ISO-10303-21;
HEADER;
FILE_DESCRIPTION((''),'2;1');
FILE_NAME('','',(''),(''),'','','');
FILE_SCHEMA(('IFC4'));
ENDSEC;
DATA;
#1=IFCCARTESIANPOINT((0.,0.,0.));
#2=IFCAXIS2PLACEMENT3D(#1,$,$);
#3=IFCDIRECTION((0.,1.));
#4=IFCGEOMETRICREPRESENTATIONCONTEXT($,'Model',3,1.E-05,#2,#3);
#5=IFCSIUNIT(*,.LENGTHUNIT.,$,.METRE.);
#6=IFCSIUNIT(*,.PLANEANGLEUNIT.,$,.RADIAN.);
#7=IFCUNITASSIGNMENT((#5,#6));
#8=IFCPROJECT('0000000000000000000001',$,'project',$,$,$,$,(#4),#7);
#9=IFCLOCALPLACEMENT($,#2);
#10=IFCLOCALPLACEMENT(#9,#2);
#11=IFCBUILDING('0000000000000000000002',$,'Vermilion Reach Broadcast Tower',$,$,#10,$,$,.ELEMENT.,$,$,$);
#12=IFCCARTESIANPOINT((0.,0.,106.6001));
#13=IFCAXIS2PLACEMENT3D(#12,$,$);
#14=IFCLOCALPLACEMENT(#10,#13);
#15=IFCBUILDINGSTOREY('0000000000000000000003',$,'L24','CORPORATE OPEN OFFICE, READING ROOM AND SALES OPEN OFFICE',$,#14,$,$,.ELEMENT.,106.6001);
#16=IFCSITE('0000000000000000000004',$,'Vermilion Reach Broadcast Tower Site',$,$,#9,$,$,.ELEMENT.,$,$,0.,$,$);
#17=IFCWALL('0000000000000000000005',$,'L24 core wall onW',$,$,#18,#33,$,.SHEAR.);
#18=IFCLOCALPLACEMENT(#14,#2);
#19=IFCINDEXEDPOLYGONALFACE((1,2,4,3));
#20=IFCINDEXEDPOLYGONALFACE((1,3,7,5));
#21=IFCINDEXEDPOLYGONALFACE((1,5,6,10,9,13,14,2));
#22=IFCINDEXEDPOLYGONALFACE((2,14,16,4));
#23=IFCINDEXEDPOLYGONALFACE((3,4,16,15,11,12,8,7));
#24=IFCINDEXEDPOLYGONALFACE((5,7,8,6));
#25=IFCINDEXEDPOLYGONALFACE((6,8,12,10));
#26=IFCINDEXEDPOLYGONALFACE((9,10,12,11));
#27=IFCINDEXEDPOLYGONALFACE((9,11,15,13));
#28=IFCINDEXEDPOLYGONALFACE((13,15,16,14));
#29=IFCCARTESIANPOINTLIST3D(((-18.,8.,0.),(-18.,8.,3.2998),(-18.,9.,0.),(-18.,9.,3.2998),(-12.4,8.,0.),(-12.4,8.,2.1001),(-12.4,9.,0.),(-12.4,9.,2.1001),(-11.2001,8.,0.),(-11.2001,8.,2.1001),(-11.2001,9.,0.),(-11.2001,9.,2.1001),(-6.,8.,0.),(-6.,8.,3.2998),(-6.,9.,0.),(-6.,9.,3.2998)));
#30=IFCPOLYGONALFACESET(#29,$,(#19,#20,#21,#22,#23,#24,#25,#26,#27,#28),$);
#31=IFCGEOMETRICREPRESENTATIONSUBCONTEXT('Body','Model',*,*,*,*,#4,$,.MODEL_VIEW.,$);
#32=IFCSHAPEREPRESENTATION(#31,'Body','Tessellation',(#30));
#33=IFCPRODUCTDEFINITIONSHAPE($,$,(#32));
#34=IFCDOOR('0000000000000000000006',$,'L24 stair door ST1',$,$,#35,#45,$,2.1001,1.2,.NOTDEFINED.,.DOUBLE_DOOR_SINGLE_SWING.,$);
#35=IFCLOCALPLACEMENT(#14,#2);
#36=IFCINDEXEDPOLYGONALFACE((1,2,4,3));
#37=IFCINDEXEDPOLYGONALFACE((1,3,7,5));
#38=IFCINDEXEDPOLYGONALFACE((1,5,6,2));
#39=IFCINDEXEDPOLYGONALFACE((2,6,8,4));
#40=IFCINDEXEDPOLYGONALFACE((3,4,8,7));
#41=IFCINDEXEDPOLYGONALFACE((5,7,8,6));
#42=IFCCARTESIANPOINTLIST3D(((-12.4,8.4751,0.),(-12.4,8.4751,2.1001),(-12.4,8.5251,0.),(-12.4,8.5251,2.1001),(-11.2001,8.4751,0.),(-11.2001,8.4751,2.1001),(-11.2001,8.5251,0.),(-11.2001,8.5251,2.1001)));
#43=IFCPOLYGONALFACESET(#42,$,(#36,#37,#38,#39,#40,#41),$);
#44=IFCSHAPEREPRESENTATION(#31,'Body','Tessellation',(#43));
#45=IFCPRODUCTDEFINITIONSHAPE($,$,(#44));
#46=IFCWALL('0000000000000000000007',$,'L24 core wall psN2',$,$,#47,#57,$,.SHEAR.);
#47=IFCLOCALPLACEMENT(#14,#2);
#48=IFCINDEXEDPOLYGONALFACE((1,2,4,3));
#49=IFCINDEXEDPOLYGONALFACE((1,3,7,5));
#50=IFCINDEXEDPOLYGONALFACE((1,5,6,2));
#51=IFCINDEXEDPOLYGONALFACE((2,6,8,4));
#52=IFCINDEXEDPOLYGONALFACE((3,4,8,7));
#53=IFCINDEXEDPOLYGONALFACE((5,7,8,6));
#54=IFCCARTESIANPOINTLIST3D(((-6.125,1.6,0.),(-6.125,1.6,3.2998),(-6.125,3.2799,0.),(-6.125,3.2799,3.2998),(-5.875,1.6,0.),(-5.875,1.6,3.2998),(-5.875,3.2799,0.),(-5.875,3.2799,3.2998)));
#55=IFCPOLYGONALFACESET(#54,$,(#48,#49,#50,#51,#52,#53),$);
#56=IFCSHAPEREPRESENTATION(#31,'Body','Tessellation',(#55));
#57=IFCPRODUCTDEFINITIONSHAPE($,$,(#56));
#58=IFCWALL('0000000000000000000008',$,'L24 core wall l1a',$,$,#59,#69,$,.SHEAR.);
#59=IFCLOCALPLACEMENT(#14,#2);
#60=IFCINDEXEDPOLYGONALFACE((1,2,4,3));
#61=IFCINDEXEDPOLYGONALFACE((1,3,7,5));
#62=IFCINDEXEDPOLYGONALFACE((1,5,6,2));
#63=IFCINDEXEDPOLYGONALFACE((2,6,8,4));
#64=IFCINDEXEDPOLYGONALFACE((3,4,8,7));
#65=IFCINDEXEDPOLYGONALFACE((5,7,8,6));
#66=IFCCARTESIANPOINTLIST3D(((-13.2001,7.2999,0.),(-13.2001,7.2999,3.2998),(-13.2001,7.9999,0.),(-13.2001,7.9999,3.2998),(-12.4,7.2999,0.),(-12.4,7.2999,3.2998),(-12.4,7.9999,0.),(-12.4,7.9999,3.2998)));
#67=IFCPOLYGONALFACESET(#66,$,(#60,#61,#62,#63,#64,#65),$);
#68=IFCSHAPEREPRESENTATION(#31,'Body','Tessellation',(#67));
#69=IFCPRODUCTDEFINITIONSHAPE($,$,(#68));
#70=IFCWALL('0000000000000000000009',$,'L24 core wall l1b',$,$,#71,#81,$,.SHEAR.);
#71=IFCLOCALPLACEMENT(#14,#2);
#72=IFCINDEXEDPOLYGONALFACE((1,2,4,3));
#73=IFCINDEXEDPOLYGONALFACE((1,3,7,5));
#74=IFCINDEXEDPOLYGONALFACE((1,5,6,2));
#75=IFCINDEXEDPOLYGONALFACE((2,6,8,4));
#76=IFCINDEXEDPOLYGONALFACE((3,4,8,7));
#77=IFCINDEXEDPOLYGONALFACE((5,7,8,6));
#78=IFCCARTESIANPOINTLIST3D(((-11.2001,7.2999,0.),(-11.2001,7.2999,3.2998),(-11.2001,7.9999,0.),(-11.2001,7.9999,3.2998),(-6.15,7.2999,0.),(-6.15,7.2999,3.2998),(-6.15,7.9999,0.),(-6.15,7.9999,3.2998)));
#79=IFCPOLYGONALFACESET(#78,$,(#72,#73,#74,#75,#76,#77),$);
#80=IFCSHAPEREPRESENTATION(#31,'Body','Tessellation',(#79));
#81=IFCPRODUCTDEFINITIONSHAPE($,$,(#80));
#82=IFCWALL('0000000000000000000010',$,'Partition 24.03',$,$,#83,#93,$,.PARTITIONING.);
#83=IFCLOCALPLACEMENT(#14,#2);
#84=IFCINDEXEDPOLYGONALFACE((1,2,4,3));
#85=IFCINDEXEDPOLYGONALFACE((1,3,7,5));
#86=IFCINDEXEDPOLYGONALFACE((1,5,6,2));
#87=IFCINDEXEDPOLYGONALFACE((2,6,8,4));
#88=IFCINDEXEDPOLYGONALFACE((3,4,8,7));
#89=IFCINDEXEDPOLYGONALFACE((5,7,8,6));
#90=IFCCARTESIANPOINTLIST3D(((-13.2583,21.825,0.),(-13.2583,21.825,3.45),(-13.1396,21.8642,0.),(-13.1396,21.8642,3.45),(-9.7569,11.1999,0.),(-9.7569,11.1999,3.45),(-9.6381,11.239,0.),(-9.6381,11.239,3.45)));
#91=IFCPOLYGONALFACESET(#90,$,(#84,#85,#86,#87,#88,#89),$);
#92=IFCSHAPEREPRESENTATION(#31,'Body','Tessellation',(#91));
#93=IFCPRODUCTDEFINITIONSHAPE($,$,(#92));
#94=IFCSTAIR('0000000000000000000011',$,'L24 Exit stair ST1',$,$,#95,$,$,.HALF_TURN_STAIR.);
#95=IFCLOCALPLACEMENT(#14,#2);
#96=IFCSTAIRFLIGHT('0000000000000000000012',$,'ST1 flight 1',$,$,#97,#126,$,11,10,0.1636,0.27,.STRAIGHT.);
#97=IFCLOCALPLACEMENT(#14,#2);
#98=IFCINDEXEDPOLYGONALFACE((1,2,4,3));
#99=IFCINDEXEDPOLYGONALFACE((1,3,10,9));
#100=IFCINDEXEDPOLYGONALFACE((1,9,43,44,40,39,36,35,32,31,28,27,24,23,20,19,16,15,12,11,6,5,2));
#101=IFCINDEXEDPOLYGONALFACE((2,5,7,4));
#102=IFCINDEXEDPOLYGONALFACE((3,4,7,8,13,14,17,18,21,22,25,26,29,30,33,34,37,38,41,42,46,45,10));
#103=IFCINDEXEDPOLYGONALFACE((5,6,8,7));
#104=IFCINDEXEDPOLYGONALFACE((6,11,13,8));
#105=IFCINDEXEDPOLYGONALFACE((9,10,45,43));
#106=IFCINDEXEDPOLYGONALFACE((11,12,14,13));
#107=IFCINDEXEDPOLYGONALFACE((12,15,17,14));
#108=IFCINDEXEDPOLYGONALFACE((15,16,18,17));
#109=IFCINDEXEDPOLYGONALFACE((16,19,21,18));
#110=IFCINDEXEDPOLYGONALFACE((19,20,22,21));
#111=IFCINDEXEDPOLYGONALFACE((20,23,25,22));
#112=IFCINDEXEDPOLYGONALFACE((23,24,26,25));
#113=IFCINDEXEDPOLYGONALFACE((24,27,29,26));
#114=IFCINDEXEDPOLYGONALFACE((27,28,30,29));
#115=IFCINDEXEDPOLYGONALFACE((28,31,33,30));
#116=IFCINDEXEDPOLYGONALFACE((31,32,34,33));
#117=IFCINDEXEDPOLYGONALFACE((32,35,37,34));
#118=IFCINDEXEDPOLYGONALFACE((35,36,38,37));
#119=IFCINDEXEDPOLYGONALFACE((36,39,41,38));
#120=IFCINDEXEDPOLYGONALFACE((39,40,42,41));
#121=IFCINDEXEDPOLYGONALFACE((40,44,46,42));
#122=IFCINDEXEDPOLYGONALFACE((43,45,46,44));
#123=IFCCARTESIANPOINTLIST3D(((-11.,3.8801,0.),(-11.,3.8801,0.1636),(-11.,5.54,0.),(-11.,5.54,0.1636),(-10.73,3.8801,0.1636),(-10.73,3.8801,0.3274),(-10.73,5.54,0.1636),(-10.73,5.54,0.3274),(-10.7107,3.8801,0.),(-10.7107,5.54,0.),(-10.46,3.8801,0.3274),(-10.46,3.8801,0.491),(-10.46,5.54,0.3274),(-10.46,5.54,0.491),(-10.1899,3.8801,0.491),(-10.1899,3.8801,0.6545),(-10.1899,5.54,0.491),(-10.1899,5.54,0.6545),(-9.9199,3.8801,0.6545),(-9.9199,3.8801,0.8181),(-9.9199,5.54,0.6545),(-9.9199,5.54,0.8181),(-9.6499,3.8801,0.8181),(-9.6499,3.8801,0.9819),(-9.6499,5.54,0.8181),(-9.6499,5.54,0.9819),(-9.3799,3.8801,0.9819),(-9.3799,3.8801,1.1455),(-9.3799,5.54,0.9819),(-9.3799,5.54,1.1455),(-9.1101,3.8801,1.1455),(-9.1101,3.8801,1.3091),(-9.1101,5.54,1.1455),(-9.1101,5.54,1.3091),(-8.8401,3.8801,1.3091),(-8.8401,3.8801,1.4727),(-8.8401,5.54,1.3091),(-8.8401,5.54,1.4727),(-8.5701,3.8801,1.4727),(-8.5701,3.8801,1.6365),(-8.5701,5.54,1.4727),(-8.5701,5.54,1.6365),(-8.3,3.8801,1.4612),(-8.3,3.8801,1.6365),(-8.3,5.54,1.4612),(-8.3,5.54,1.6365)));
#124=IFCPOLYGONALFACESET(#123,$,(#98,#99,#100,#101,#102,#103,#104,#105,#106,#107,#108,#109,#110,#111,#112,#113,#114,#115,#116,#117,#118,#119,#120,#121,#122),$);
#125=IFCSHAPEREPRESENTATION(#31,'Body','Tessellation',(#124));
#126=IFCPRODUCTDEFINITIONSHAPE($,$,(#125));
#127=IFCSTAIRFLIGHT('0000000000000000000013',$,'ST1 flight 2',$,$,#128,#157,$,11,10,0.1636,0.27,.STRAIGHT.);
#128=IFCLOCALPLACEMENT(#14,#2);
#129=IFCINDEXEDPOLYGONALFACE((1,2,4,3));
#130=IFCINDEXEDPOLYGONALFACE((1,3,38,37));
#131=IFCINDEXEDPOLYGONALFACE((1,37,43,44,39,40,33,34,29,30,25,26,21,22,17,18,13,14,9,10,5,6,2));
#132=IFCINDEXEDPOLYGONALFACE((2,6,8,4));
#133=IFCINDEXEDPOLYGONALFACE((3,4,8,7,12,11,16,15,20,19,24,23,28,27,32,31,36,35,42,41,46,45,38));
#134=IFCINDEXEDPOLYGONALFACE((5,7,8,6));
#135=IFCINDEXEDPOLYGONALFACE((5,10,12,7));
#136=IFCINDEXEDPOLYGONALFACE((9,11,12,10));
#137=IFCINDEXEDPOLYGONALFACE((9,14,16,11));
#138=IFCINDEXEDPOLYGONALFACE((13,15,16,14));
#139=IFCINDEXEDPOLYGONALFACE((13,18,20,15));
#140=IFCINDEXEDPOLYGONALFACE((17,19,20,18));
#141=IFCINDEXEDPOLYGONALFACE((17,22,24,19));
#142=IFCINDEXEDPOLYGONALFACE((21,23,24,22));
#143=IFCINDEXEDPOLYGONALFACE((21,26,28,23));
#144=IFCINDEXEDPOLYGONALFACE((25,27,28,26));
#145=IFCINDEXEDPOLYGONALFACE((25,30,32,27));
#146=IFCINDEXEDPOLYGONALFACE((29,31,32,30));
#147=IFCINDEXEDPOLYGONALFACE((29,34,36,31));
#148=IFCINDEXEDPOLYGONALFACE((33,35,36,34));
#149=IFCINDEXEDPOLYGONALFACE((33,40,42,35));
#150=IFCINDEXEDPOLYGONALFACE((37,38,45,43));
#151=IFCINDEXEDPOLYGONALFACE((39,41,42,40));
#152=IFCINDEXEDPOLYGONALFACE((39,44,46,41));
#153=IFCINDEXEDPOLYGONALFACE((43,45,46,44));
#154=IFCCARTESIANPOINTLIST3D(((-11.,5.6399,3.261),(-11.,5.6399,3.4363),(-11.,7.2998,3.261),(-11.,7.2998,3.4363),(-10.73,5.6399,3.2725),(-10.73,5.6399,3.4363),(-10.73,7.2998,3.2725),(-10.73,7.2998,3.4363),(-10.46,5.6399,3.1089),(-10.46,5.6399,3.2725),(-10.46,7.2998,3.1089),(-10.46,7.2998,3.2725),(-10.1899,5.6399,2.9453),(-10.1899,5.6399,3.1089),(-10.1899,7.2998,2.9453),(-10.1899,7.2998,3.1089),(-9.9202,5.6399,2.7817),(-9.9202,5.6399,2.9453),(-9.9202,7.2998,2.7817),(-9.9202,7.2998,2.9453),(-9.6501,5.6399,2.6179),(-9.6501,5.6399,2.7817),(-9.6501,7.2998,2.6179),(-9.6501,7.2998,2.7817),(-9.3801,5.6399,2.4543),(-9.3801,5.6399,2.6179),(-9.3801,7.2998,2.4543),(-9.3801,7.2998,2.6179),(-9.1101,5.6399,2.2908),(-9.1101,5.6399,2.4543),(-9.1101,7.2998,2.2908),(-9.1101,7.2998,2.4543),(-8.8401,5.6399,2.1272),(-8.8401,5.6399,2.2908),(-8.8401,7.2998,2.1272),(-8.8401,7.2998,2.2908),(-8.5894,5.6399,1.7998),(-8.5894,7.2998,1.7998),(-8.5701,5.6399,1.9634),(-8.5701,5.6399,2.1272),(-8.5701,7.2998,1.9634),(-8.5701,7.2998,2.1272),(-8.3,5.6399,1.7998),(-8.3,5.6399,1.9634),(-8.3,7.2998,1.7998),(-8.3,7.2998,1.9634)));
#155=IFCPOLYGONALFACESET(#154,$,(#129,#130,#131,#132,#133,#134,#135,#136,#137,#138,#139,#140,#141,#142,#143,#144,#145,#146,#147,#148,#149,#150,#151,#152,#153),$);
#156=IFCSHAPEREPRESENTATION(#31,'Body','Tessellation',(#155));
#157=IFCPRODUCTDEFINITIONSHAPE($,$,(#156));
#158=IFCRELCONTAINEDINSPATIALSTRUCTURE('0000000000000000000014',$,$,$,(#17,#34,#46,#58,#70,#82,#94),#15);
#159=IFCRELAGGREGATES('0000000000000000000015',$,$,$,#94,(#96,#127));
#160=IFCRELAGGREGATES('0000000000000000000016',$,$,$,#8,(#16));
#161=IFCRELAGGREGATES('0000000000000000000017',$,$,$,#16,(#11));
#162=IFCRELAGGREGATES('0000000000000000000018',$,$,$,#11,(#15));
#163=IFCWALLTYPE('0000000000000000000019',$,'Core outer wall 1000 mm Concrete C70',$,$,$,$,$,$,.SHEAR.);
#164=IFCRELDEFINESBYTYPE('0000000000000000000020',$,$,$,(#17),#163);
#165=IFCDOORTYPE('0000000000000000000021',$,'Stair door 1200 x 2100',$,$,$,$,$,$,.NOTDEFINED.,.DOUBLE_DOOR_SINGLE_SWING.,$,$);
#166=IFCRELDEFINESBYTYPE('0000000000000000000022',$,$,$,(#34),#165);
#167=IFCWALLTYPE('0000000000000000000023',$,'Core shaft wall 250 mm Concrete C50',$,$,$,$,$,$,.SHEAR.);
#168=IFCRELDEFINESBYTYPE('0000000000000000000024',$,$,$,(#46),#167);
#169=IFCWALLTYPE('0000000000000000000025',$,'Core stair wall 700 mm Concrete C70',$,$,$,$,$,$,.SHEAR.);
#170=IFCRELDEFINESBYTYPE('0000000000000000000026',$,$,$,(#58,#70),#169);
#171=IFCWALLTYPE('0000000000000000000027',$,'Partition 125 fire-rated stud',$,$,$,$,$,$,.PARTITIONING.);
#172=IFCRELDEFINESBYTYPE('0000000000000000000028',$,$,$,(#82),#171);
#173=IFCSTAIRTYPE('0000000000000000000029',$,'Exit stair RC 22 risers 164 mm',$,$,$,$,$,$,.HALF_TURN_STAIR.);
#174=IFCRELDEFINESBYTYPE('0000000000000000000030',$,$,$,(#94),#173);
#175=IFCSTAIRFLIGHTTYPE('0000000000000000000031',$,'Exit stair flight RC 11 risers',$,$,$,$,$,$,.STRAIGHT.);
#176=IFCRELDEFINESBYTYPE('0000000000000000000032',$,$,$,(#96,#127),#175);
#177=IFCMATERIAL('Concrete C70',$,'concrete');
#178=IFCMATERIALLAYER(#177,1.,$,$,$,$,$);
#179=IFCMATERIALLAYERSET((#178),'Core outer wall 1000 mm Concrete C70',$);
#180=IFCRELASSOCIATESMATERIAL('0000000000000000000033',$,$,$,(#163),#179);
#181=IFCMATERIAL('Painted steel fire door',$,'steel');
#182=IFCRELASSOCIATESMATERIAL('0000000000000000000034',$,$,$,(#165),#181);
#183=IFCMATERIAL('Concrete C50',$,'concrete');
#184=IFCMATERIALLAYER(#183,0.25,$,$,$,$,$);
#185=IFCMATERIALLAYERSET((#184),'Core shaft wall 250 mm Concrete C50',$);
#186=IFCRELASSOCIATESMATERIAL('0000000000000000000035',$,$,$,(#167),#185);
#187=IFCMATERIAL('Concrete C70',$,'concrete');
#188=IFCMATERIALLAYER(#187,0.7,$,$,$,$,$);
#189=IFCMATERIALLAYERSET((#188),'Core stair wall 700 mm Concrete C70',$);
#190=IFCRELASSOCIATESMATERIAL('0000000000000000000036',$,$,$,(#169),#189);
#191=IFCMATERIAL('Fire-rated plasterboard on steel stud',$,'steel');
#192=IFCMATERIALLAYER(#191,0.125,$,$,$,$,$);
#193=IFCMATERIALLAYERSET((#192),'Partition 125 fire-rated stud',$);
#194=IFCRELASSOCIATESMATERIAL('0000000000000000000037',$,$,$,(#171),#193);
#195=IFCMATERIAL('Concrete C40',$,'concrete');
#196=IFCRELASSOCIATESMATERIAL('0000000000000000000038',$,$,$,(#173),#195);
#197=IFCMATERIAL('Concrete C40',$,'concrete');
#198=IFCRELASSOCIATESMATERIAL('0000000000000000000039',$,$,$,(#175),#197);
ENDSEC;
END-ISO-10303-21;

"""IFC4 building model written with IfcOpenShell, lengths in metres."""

from ifc_helpers import new_model, si_unit, direction, frame, frame_2d, origin, place, context, subcontext, project, spatial, polyline, rectangle, outline, extrude, material, layer, layer_set, type_object, element, fill, aggregate, save


model = new_model("IFC4")

# Units and contexts
model_context = context("Model", 3, precision=1e-05, world=origin(), true_north=direction((0.0, 1.0)))
body_context = subcontext(model_context, "Body", "Model", "MODEL_VIEW")
ifc_project = project(units=[si_unit("LENGTHUNIT", "METRE"), si_unit("PLANEANGLEUNIT", "RADIAN")], contexts=[model_context])

# Site, building, storey
site_placement = place(None, origin())
site = spatial("IfcSite", under=ifc_project, at=site_placement, Name="Vermilion Reach Broadcast Tower Site", CompositionType="ELEMENT", RefElevation=0.0)
building_placement = place(site_placement, origin())
building = spatial("IfcBuilding", under=site, at=building_placement, Name="Vermilion Reach Broadcast Tower", CompositionType="ELEMENT")
storey_placement = place(building_placement, frame((0.0, 0.0, 106.6001)))
storey = spatial("IfcBuildingStorey", under=building, at=storey_placement, Name="L24", Description="CORPORATE OPEN OFFICE, READING ROOM AND SALES OPEN OFFICE", CompositionType="ELEMENT", Elevation=106.6001)

# Shared definitions
placement = place(storey_placement, origin())

# Wall, opening, door
ifc_material_1 = material(Name="Concrete C70", Category="concrete")
ifc_layer_1 = layer(ifc_material_1, 1.0)
ifc_layer_set_1 = layer_set([ifc_layer_1], Name="Core outer wall 1000 mm Concrete C70")
wall_type_1 = type_object("IfcWallType", Name="Core outer wall 1000 mm Concrete C70", PredefinedType="SHEAR", material=ifc_layer_set_1)
wall_1_placement = place(storey_placement, frame((-6.0, 8.5, 0.0), z_axis=(0.0, 0.0, 1.0), x_axis=(-1.0, 0.0, 0.0)))
wall_1 = element("IfcWall", 1, at=wall_1_placement, inside=storey, type_object=wall_type_1, Name="L24 core wall onW", PredefinedType="SHEAR", context=body_context, shape_type="SweptSolid", body=[
    extrude(rectangle(XDim=12.0, YDim=1.0, at=frame_2d((6.0, 0.0))), origin(), (0.0, 0.0, 1.0), 3.2998),
])
opening_1_placement = place(wall_1_placement, frame((5.2, 0.0, 0.0)))
opening_1 = element("IfcOpeningElement", 2, at=opening_1_placement, cuts=wall_1, PredefinedType="OPENING", context=body_context, shape_type="SweptSolid", body=[
    extrude(rectangle(XDim=1.2, YDim=2.1001, at=frame_2d((0.6001, 1.05))), frame((0.0, 0.51, 0.0), z_axis=(0.0, -1.0, 0.0), x_axis=(1.0, 0.0, 0.0)), (0.0, 0.0, 1.0), 1.02),
])
ifc_material_2 = material(Name="Painted steel fire door", Category="steel")
door_type_1 = type_object("IfcDoorType", Name="Stair door 1200 x 2100", OperationType="DOUBLE_DOOR_SINGLE_SWING", PredefinedType="NOTDEFINED", material=ifc_material_2)
door_1_placement = place(opening_1_placement, origin())
door_1 = element("IfcDoor", 3, at=door_1_placement, inside=storey, type_object=door_type_1, Name="L24 stair door ST1", OperationType="DOUBLE_DOOR_SINGLE_SWING", OverallHeight=2.1001, OverallWidth=1.2, PredefinedType="NOTDEFINED", context=body_context, shape_type="SweptSolid", body=[
    extrude(rectangle(XDim=1.2, YDim=2.1001, at=frame_2d((0.6001, 1.05))), frame((0.0, 0.0249, 0.0), z_axis=(0.0, -1.0, 0.0), x_axis=(1.0, 0.0, 0.0)), (0.0, 0.0, 1.0), 0.05),
])
fill(opening_1, door_1)

# Walls
ifc_material_3 = material(Name="Concrete C50", Category="concrete")
ifc_layer_2 = layer(ifc_material_3, 0.25)
ifc_layer_set_2 = layer_set([ifc_layer_2], Name="Core shaft wall 250 mm Concrete C50")
wall_type_2 = type_object("IfcWallType", Name="Core shaft wall 250 mm Concrete C50", PredefinedType="SHEAR", material=ifc_layer_set_2)
wall_2_placement = place(storey_placement, frame((-6.0, 1.6001, 0.0), z_axis=(0.0, 0.0, 1.0), x_axis=(0.0, 1.0, 0.0)))
element("IfcWall", 4, at=wall_2_placement, inside=storey, type_object=wall_type_2, Name="L24 core wall psN2", PredefinedType="SHEAR", context=body_context, shape_type="SweptSolid", body=[
    extrude(rectangle(XDim=1.6799, YDim=0.25, at=frame_2d((0.8398, 0.0))), origin(), (0.0, 0.0, 1.0), 3.2998),
])
ifc_material_4 = material(Name="Concrete C70", Category="concrete")
ifc_layer_3 = layer(ifc_material_4, 0.7)
ifc_layer_set_3 = layer_set([ifc_layer_3], Name="Core stair wall 700 mm Concrete C70")
wall_type_3 = type_object("IfcWallType", Name="Core stair wall 700 mm Concrete C70", PredefinedType="SHEAR", material=ifc_layer_set_3)
wall_3_placement = place(storey_placement, frame((-13.2, 7.6499, 0.0), z_axis=(0.0, 0.0, 1.0), x_axis=(1.0, 0.0, 0.0)))
element("IfcWall", 5, at=wall_3_placement, inside=storey, type_object=wall_type_3, Name="L24 core wall l1a", PredefinedType="SHEAR", context=body_context, shape_type="SweptSolid", body=[
    extrude(rectangle(XDim=0.8, YDim=0.7, at=frame_2d((0.3999, 0.0))), origin(), (0.0, 0.0, 1.0), 3.2998),
])
wall_4_placement = place(storey_placement, frame((-11.2, 7.6499, 0.0), z_axis=(0.0, 0.0, 1.0), x_axis=(1.0, 0.0, 0.0)))
element("IfcWall", 6, at=wall_4_placement, inside=storey, type_object=wall_type_3, Name="L24 core wall l1b", PredefinedType="SHEAR", context=body_context, shape_type="SweptSolid", body=[
    extrude(rectangle(XDim=5.05, YDim=0.7, at=frame_2d((2.5249, 0.0))), origin(), (0.0, 0.0, 1.0), 3.2998),
])
ifc_material_5 = material(Name="Fire-rated plasterboard on steel stud", Category="steel")
ifc_layer_4 = layer(ifc_material_5, 0.125)
ifc_layer_set_4 = layer_set([ifc_layer_4], Name="Partition 125 fire-rated stud")
wall_type_4 = type_object("IfcWallType", Name="Partition 125 fire-rated stud", PredefinedType="PARTITIONING", material=ifc_layer_set_4)
wall_5_placement = place(storey_placement, frame((-13.199, 21.8447, 0.0), z_axis=(0.0, 0.0, 1.0), x_axis=(0.312985, -0.949758, 0.0)))
element("IfcWall", 7, at=wall_5_placement, inside=storey, type_object=wall_type_4, Name="Partition 24.03", PredefinedType="PARTITIONING", context=body_context, shape_type="SweptSolid", body=[
    extrude(rectangle(XDim=11.1873, YDim=0.125, at=frame_2d((5.5938, 0.0))), origin(), (0.0, 0.0, 1.0), 3.45),
])

# Stair, stair flights
ifc_material_6 = material(Name="Concrete C40", Category="concrete")
stair_type = type_object("IfcStairType", Name="Exit stair RC 22 risers 164 mm", PredefinedType="HALF_TURN_STAIR", material=ifc_material_6)
stair = element("IfcStair", 8, at=placement, inside=storey, type_object=stair_type, Name="L24 Exit stair ST1", PredefinedType="HALF_TURN_STAIR")
ifc_material_7 = material(Name="Concrete C40", Category="concrete")
stair_flight_type = type_object("IfcStairFlightType", Name="Exit stair flight RC 11 risers", PredefinedType="STRAIGHT", material=ifc_material_7)
stair_flight_1_placement = place(storey_placement, frame((-11.0, 4.71, 0.0), z_axis=(0.0, 0.0, 1.0), x_axis=(1.0, 0.0, 0.0)))
stair_flight_1 = element("IfcStairFlight", 9, at=stair_flight_1_placement, type_object=stair_flight_type, Name="ST1 flight 1", NumberOfRisers=11, NumberOfTreads=10, PredefinedType="STRAIGHT", RiserHeight=0.1636, TreadLength=0.27, context=body_context, shape_type="SweptSolid", body=[
    extrude(outline(polyline([(0.0, 0.0), (0.0, 0.1636), (0.27, 0.1636), (0.27, 0.3274), (0.54, 0.3274), (0.54, 0.491), (0.8101, 0.491), (0.8101, 0.6545), (1.0801, 0.6545), (1.0801, 0.8181), (1.3501, 0.8181), (1.3501, 0.9819), (1.6201, 0.9819), (1.6201, 1.1455), (1.8899, 1.1455), (1.8899, 1.3091), (2.1599, 1.3091), (2.1599, 1.4727), (2.4299, 1.4727), (2.4299, 1.6365), (2.7, 1.6365), (2.7, 1.8), (2.7, 1.4612), (0.2893, 0.0), (0.0, 0.0)])), frame((0.0, 0.8301, 0.0), z_axis=(0.0, -1.0, 0.0), x_axis=(1.0, 0.0, 0.0)), (0.0, 0.0, 1.0), 1.6599),
])
stair_flight_2_placement = place(storey_placement, frame((-8.3, 6.47, 1.7998), z_axis=(0.0, 0.0, 1.0), x_axis=(-1.0, 0.0, 0.0)))
stair_flight_2 = element("IfcStairFlight", 10, at=stair_flight_2_placement, type_object=stair_flight_type, Name="ST1 flight 2", NumberOfRisers=11, NumberOfTreads=10, PredefinedType="STRAIGHT", RiserHeight=0.1636, TreadLength=0.27, context=body_context, shape_type="SweptSolid", body=[
    extrude(outline(polyline([(0.0, 0.0), (0.0, 0.1636), (0.27, 0.1636), (0.27, 0.3274), (0.54, 0.3274), (0.54, 0.491), (0.8101, 0.491), (0.8101, 0.6545), (1.0801, 0.6545), (1.0801, 0.8181), (1.3501, 0.8181), (1.3501, 0.9819), (1.6201, 0.9819), (1.6201, 1.1455), (1.8899, 1.1455), (1.8899, 1.3091), (2.1599, 1.3091), (2.1599, 1.4727), (2.4299, 1.4727), (2.4299, 1.6365), (2.7, 1.6365), (2.7, 1.8), (2.7, 1.4612), (0.2893, 0.0), (0.0, 0.0)])), frame((0.0, 0.8301, 0.0), z_axis=(0.0, -1.0, 0.0), x_axis=(1.0, 0.0, 0.0)), (0.0, 0.0, 1.0), 1.6599),
])
aggregate(stair, [stair_flight_1, stair_flight_2])

save(model, "model.ifc")
